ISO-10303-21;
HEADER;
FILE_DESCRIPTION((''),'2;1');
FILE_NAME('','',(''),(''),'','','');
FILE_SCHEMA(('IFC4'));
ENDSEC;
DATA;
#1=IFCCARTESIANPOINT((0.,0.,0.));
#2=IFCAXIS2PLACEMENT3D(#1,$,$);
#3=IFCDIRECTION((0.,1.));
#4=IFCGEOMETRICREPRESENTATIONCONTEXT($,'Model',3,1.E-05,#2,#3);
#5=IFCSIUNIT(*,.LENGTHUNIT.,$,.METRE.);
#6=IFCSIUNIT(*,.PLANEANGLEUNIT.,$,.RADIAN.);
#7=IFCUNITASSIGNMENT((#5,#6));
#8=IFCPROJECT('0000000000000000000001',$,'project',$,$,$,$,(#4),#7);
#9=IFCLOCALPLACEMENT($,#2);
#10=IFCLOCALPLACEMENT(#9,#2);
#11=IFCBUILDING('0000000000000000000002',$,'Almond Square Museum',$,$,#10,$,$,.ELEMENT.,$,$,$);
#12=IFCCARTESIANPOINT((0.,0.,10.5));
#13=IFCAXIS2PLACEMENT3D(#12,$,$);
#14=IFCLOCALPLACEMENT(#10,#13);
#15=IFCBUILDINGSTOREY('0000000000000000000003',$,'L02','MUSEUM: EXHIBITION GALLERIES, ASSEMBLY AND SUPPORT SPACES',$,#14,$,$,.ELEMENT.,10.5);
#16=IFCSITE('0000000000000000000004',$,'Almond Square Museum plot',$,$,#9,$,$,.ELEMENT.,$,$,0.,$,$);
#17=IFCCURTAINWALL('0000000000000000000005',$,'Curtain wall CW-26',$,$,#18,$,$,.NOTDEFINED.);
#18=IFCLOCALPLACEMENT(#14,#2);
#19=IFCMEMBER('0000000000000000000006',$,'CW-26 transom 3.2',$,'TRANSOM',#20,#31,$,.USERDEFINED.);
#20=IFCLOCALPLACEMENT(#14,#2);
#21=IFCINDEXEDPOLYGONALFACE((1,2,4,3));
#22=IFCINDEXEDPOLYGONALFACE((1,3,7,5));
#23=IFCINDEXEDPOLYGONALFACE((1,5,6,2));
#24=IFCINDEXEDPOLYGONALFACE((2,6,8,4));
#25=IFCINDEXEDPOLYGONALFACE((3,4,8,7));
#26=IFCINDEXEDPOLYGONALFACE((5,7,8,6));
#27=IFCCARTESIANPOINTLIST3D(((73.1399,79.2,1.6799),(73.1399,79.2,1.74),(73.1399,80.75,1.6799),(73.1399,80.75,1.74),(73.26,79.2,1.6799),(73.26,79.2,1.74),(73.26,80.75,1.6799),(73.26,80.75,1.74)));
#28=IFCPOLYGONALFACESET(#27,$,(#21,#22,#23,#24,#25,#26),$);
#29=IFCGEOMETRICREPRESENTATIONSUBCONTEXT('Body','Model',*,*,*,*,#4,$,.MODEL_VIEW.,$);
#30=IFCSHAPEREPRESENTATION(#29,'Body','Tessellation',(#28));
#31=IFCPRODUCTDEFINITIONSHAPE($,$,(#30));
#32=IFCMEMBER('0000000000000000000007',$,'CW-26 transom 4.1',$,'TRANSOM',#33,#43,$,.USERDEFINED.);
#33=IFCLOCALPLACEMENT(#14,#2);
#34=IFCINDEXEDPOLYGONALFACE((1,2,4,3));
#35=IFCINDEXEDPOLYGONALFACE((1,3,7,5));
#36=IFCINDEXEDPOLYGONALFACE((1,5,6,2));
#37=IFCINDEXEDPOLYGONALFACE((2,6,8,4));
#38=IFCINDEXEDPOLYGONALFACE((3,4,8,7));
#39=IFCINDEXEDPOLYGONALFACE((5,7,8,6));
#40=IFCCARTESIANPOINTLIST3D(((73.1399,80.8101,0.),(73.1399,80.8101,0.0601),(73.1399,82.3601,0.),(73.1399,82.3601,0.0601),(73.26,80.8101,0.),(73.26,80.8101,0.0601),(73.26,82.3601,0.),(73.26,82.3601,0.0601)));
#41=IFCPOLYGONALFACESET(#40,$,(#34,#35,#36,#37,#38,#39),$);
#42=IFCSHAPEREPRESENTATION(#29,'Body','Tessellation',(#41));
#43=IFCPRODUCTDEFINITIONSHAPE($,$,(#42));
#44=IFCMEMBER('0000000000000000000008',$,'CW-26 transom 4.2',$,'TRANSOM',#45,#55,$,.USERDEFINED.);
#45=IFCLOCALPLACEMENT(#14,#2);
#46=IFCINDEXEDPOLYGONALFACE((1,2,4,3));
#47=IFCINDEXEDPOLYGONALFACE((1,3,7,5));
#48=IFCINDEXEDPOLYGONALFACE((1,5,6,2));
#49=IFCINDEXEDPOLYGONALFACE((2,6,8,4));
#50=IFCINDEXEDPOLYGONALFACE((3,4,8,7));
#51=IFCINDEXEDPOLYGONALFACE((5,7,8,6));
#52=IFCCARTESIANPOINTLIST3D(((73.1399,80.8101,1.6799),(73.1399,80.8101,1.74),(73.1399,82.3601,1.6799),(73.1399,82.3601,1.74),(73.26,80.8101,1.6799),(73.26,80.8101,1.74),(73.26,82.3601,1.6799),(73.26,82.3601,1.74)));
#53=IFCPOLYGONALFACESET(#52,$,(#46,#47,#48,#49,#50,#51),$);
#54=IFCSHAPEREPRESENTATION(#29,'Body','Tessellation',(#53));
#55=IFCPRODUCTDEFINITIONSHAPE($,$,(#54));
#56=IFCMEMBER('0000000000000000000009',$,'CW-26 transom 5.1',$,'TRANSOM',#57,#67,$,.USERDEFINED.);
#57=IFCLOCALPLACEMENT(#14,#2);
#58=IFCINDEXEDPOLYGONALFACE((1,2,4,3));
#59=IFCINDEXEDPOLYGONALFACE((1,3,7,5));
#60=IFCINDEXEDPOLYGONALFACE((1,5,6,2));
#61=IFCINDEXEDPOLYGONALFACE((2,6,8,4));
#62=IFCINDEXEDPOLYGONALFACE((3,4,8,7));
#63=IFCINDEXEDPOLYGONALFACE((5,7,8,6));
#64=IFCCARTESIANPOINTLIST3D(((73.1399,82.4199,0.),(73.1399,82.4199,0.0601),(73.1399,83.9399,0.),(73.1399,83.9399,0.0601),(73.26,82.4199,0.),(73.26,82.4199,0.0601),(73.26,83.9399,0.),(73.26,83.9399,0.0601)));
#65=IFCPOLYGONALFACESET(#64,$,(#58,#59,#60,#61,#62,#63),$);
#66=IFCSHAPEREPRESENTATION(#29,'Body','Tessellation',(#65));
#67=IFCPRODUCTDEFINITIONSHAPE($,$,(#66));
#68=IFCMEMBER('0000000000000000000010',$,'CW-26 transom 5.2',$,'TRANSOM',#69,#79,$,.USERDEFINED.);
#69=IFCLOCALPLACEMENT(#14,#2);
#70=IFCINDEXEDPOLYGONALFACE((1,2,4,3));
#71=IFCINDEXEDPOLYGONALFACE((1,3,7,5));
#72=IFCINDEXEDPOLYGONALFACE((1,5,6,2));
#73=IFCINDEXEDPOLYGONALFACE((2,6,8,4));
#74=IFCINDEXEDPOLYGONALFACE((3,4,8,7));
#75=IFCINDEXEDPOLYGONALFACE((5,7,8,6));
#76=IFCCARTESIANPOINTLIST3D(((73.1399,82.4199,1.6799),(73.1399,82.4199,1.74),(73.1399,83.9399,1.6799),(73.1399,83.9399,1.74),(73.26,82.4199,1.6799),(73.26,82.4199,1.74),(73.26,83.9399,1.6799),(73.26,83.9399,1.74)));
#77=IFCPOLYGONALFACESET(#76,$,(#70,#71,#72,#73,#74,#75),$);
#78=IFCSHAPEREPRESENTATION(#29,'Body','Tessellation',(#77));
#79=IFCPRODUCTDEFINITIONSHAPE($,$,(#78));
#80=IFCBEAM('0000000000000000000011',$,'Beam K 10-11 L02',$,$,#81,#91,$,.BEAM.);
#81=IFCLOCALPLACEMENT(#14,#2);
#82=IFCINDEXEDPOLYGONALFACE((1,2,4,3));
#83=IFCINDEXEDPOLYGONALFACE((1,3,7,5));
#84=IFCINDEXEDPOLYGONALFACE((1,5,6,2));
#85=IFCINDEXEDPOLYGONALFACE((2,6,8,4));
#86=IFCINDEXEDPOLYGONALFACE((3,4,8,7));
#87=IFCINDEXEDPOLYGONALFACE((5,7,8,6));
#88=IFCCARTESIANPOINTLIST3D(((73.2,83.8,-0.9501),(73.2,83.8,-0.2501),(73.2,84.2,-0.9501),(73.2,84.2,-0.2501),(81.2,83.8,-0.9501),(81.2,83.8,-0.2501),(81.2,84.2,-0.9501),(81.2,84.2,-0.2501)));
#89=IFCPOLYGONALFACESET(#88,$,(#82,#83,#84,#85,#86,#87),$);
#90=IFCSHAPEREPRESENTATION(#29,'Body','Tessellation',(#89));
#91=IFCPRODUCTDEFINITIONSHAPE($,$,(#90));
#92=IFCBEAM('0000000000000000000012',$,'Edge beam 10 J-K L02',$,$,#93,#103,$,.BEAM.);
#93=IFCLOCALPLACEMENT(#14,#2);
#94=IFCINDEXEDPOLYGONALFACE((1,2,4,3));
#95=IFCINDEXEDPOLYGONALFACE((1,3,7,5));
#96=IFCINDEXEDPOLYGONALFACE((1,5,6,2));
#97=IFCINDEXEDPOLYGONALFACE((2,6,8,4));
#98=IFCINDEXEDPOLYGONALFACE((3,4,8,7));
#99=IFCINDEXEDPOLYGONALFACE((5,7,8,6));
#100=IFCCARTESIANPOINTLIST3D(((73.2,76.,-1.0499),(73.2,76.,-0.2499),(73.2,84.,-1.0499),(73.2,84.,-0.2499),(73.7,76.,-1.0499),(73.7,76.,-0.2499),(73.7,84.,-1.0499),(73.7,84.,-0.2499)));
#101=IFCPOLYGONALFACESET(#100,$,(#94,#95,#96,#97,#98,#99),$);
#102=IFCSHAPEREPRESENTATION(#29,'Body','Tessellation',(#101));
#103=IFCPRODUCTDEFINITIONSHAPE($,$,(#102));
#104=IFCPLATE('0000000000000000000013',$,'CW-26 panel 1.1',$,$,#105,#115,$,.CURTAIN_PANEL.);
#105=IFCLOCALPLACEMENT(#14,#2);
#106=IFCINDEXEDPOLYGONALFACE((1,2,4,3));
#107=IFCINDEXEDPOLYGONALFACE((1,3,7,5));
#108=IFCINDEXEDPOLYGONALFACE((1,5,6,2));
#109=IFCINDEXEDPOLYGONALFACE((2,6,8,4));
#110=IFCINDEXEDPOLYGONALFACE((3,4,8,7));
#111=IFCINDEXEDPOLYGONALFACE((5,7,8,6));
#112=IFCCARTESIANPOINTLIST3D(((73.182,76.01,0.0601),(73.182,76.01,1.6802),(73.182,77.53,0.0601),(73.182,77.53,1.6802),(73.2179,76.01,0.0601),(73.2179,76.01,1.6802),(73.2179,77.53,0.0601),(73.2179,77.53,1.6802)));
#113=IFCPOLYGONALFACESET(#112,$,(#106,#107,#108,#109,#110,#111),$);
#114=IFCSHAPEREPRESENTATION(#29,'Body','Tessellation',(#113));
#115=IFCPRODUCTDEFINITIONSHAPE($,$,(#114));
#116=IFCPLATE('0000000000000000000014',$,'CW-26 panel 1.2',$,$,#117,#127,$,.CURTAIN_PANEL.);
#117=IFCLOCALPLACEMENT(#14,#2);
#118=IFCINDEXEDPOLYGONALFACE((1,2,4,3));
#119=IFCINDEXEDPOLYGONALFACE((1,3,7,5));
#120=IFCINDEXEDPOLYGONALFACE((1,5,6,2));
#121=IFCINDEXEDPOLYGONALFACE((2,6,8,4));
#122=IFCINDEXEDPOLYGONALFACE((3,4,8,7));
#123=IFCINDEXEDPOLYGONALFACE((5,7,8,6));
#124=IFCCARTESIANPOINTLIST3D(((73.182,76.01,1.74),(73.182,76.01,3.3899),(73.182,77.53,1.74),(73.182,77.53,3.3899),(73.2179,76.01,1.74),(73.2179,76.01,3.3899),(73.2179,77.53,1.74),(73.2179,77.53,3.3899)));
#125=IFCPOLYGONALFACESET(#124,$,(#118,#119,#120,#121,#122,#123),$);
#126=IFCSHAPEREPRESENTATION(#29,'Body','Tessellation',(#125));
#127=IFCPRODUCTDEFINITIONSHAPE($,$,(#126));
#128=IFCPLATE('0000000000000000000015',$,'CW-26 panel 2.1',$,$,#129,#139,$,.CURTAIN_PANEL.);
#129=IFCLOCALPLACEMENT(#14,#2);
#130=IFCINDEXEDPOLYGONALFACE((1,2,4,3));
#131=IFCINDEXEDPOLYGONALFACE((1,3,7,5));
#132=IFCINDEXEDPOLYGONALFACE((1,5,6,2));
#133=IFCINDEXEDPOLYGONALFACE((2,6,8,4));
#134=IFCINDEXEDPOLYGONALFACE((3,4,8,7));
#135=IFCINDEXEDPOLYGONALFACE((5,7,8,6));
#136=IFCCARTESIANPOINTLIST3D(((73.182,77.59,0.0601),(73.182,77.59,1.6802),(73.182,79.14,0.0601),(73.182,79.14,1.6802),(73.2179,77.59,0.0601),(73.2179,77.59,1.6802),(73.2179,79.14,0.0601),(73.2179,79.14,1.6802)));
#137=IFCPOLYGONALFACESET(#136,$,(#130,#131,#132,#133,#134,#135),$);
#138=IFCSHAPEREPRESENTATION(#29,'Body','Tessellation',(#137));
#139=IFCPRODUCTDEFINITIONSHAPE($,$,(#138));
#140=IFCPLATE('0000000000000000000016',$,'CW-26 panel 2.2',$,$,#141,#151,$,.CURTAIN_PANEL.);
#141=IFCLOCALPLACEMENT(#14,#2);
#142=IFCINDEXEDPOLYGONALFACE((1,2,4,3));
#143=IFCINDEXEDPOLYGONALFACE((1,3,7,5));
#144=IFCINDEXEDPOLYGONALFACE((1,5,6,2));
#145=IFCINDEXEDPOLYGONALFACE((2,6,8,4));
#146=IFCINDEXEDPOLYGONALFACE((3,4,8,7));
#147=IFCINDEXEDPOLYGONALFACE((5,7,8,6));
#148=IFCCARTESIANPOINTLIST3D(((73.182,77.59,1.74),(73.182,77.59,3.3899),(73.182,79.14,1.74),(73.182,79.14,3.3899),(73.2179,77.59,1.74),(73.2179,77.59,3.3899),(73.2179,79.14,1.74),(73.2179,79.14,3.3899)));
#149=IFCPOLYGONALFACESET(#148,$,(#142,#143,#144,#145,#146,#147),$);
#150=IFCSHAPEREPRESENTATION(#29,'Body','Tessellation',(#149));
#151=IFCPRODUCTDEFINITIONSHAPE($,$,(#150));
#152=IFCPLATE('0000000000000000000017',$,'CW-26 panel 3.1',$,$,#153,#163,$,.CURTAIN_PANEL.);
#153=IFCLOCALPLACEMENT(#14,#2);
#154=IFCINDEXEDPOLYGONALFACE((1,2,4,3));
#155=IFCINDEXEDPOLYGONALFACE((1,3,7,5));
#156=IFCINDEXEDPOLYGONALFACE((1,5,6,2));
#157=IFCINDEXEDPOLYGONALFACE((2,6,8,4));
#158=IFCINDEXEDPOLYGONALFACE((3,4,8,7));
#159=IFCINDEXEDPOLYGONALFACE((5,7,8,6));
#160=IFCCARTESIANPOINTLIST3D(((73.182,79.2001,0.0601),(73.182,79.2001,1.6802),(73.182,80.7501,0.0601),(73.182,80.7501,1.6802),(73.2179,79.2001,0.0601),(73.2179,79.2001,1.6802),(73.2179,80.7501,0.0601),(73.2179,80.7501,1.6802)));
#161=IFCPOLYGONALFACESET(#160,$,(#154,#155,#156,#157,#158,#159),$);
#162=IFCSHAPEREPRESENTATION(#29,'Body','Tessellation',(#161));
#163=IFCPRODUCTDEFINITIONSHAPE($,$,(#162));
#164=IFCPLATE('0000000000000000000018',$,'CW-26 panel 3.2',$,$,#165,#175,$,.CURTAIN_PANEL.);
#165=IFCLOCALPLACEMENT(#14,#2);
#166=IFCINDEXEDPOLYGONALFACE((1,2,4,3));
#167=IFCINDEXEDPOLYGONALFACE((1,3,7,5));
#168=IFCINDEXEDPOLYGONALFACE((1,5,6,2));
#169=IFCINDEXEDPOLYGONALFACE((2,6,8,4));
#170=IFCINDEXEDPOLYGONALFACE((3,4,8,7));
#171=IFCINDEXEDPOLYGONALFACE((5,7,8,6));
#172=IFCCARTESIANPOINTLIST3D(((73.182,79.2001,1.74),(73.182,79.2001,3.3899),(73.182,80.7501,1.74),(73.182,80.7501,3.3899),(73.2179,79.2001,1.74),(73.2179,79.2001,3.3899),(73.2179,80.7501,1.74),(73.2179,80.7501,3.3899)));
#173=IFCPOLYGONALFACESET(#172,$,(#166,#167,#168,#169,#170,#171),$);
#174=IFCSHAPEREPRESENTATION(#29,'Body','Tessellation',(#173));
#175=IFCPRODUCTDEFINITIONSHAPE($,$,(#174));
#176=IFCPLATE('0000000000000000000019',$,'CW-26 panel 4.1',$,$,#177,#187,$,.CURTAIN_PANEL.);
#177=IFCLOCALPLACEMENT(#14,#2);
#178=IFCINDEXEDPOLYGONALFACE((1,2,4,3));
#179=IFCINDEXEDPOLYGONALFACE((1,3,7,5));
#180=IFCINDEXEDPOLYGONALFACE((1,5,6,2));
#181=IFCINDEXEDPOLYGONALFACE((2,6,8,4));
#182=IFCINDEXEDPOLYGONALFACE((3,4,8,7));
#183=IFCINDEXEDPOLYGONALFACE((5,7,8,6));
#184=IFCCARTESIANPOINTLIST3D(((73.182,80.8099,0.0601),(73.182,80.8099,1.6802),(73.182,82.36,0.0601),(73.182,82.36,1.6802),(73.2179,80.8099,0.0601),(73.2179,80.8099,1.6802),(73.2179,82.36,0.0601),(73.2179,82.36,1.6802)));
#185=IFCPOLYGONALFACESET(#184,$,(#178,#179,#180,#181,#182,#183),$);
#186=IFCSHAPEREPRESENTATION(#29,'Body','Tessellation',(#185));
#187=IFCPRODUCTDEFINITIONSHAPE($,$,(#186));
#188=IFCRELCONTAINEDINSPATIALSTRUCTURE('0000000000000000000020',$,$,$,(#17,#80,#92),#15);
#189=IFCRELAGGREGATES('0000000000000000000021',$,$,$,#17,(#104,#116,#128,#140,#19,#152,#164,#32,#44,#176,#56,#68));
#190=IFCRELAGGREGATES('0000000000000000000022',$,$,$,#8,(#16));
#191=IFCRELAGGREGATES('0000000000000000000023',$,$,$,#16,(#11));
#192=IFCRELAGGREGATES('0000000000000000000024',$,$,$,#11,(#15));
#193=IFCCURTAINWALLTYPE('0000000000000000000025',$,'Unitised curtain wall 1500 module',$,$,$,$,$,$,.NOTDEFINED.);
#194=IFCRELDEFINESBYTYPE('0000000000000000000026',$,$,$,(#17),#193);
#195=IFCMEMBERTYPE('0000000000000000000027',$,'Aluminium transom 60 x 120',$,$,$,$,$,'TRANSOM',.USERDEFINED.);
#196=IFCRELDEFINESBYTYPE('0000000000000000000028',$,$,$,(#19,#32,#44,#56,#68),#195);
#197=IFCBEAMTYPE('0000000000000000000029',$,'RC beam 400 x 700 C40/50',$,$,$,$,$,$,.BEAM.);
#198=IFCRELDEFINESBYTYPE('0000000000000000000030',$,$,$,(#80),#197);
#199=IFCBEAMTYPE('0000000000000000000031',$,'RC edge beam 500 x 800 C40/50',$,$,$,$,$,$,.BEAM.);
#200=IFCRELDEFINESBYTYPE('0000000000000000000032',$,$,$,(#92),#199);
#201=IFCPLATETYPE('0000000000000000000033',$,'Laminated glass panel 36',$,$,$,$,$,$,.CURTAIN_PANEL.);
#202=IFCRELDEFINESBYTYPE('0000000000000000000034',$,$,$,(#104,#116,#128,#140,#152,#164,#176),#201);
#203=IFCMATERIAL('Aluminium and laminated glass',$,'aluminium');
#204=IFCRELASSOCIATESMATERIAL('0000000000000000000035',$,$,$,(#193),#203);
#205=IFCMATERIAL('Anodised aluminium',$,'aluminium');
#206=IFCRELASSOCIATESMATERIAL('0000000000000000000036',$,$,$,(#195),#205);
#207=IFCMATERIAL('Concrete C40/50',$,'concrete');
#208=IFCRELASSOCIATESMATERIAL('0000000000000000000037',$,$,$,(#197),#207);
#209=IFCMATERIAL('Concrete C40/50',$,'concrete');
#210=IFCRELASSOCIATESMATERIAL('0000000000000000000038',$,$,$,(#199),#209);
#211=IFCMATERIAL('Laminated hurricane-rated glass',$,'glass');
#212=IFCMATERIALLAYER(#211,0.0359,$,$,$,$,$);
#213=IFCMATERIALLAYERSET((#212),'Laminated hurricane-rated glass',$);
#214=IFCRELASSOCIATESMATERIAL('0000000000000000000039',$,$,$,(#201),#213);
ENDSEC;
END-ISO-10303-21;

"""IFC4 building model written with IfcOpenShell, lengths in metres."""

from ifc_helpers import new_model, si_unit, direction, frame, origin, origin_2d, place, context, subcontext, project, spatial, rectangle, extrude, material, layer, layer_set, material_profile, profile_set, type_object, element, aggregate, save


model = new_model("IFC4")

# Units and contexts
model_context = context("Model", 3, precision=1e-05, world=origin(), true_north=direction((0.0, 1.0)))
body_context = subcontext(model_context, "Body", "Model", "MODEL_VIEW")
ifc_project = project(units=[si_unit("LENGTHUNIT", "METRE"), si_unit("PLANEANGLEUNIT", "RADIAN")], contexts=[model_context])

# Site, building, storey
site_placement = place(None, origin())
site = spatial("IfcSite", under=ifc_project, at=site_placement, Name="Almond Square Museum plot", CompositionType="ELEMENT", RefElevation=0.0)
building_placement = place(site_placement, origin())
building = spatial("IfcBuilding", under=site, at=building_placement, Name="Almond Square Museum", CompositionType="ELEMENT")
storey_placement = place(building_placement, frame((0.0, 0.0, 10.5)))
storey = spatial("IfcBuildingStorey", under=building, at=storey_placement, Name="L02", Description="MUSEUM: EXHIBITION GALLERIES, ASSEMBLY AND SUPPORT SPACES", CompositionType="ELEMENT", Elevation=10.5)

# Curtain wall, members
ifc_material_1 = material(Name="Aluminium and laminated glass", Category="aluminium")
curtain_wall_type = type_object("IfcCurtainWallType", Name="Unitised curtain wall 1500 module", PredefinedType="NOTDEFINED", material=ifc_material_1)
curtain_wall_placement = place(storey_placement, origin())
curtain_wall = element("IfcCurtainWall", 1, at=curtain_wall_placement, inside=storey, type_object=curtain_wall_type, Name="Curtain wall CW-26", PredefinedType="NOTDEFINED")
ifc_material_2 = material(Name="Anodised aluminium", Category="aluminium")
ifc_material_profile_1 = material_profile(ifc_material_2, rectangle(XDim=0.1201, YDim=0.0601, at=origin_2d()))
ifc_profile_set_1 = profile_set([ifc_material_profile_1], Name="Anodised aluminium")
member_type_1 = type_object("IfcMemberType", Name="Aluminium transom 60 x 120", ElementType="TRANSOM", PredefinedType="USERDEFINED", material=ifc_profile_set_1)
member_1_placement = place(storey_placement, frame((73.2, 79.2, 1.71), z_axis=(0.0, 1.0, 0.0), x_axis=(-1.0, 0.0, 0.0)))
member_1 = element("IfcMember", 2, at=member_1_placement, type_object=member_type_1, Name="CW-26 transom 3.2", ObjectType="TRANSOM", PredefinedType="USERDEFINED", context=body_context, shape_type="SweptSolid", body=[
    extrude(rectangle(XDim=0.1201, YDim=0.0601, at=origin_2d()), origin(), (0.0, 0.0, 1.0), 1.55),
])
member_2_placement = place(storey_placement, frame((73.2, 80.8101, 0.03), z_axis=(0.0, 1.0, 0.0), x_axis=(-1.0, 0.0, 0.0)))
member_2 = element("IfcMember", 3, at=member_2_placement, type_object=member_type_1, Name="CW-26 transom 4.1", ObjectType="TRANSOM", PredefinedType="USERDEFINED", context=body_context, shape_type="SweptSolid", body=[
    extrude(rectangle(XDim=0.1201, YDim=0.0601, at=origin_2d()), origin(), (0.0, 0.0, 1.0), 1.55),
])
member_3_placement = place(storey_placement, frame((73.2, 80.8101, 1.71), z_axis=(0.0, 1.0, 0.0), x_axis=(-1.0, 0.0, 0.0)))
member_3 = element("IfcMember", 4, at=member_3_placement, type_object=member_type_1, Name="CW-26 transom 4.2", ObjectType="TRANSOM", PredefinedType="USERDEFINED", context=body_context, shape_type="SweptSolid", body=[
    extrude(rectangle(XDim=0.1201, YDim=0.0601, at=origin_2d()), origin(), (0.0, 0.0, 1.0), 1.55),
])
member_4_placement = place(storey_placement, frame((73.2, 82.4199, 0.03), z_axis=(0.0, 1.0, 0.0), x_axis=(-1.0, 0.0, 0.0)))
member_4 = element("IfcMember", 5, at=member_4_placement, type_object=member_type_1, Name="CW-26 transom 5.1", ObjectType="TRANSOM", PredefinedType="USERDEFINED", context=body_context, shape_type="SweptSolid", body=[
    extrude(rectangle(XDim=0.1201, YDim=0.0601, at=origin_2d()), origin(), (0.0, 0.0, 1.0), 1.52),
])
member_5_placement = place(storey_placement, frame((73.2, 82.4199, 1.71), z_axis=(0.0, 1.0, 0.0), x_axis=(-1.0, 0.0, 0.0)))
member_5 = element("IfcMember", 6, at=member_5_placement, type_object=member_type_1, Name="CW-26 transom 5.2", ObjectType="TRANSOM", PredefinedType="USERDEFINED", context=body_context, shape_type="SweptSolid", body=[
    extrude(rectangle(XDim=0.1201, YDim=0.0601, at=origin_2d()), origin(), (0.0, 0.0, 1.0), 1.52),
])

# Beams
ifc_material_3 = material(Name="Concrete C40/50", Category="concrete")
ifc_material_profile_2 = material_profile(ifc_material_3, rectangle(XDim=0.3999, YDim=0.7, at=origin_2d()))
ifc_profile_set_2 = profile_set([ifc_material_profile_2], Name="Concrete C40/50")
beam_type_1 = type_object("IfcBeamType", Name="RC beam 400 x 700 C40/50", PredefinedType="BEAM", material=ifc_profile_set_2)
beam_1_placement = place(storey_placement, frame((73.2, 84.0, -0.6001), z_axis=(1.0, 0.0, 0.0), x_axis=(0.0, 1.0, 0.0)))
element("IfcBeam", 7, at=beam_1_placement, inside=storey, type_object=beam_type_1, Name="Beam K 10-11 L02", PredefinedType="BEAM", context=body_context, shape_type="SweptSolid", body=[
    extrude(rectangle(XDim=0.3999, YDim=0.7, at=origin_2d()), origin(), (0.0, 0.0, 1.0), 8.0),
])
ifc_material_4 = material(Name="Concrete C40/50", Category="concrete")
ifc_material_profile_3 = material_profile(ifc_material_4, rectangle(XDim=0.5, YDim=0.8, at=origin_2d()))
ifc_profile_set_3 = profile_set([ifc_material_profile_3], Name="Concrete C40/50")
beam_type_2 = type_object("IfcBeamType", Name="RC edge beam 500 x 800 C40/50", PredefinedType="BEAM", material=ifc_profile_set_3)
beam_2_placement = place(storey_placement, frame((73.45, 76.0, -0.6499), z_axis=(0.0, 1.0, 0.0), x_axis=(-1.0, 0.0, 0.0)))
element("IfcBeam", 8, at=beam_2_placement, inside=storey, type_object=beam_type_2, Name="Edge beam 10 J-K L02", PredefinedType="BEAM", context=body_context, shape_type="SweptSolid", body=[
    extrude(rectangle(XDim=0.5, YDim=0.8, at=origin_2d()), origin(), (0.0, 0.0, 1.0), 8.0),
])

# Plates
ifc_material_5 = material(Name="Laminated hurricane-rated glass", Category="glass")
ifc_layer_1 = layer(ifc_material_5, 0.0359)
ifc_layer_set_1 = layer_set([ifc_layer_1], Name="Laminated hurricane-rated glass")
plate_type = type_object("IfcPlateType", Name="Laminated glass panel 36", PredefinedType="CURTAIN_PANEL", material=ifc_layer_set_1)
plate_1_placement = place(storey_placement, frame((73.2, 76.77, 0.0601), z_axis=(0.0, 0.0, 1.0), x_axis=(0.0, 1.0, 0.0)))
plate_1 = element("IfcPlate", 9, at=plate_1_placement, type_object=plate_type, Name="CW-26 panel 1.1", PredefinedType="CURTAIN_PANEL", context=body_context, shape_type="SweptSolid", body=[
    extrude(rectangle(XDim=1.52, YDim=0.0359, at=origin_2d()), origin(), (0.0, 0.0, 1.0), 1.6201),
])
plate_2_placement = place(storey_placement, frame((73.2, 76.77, 1.74), z_axis=(0.0, 0.0, 1.0), x_axis=(0.0, 1.0, 0.0)))
plate_2 = element("IfcPlate", 10, at=plate_2_placement, type_object=plate_type, Name="CW-26 panel 1.2", PredefinedType="CURTAIN_PANEL", context=body_context, shape_type="SweptSolid", body=[
    extrude(rectangle(XDim=1.52, YDim=0.0359, at=origin_2d()), origin(), (0.0, 0.0, 1.0), 1.6499),
])
plate_3_placement = place(storey_placement, frame((73.2, 78.365, 0.0601), z_axis=(0.0, 0.0, 1.0), x_axis=(0.0, 1.0, 0.0)))
plate_3 = element("IfcPlate", 11, at=plate_3_placement, type_object=plate_type, Name="CW-26 panel 2.1", PredefinedType="CURTAIN_PANEL", context=body_context, shape_type="SweptSolid", body=[
    extrude(rectangle(XDim=1.55, YDim=0.0359, at=origin_2d()), origin(), (0.0, 0.0, 1.0), 1.6201),
])
plate_4_placement = place(storey_placement, frame((73.2, 78.365, 1.74), z_axis=(0.0, 0.0, 1.0), x_axis=(0.0, 1.0, 0.0)))
plate_4 = element("IfcPlate", 12, at=plate_4_placement, type_object=plate_type, Name="CW-26 panel 2.2", PredefinedType="CURTAIN_PANEL", context=body_context, shape_type="SweptSolid", body=[
    extrude(rectangle(XDim=1.55, YDim=0.0359, at=origin_2d()), origin(), (0.0, 0.0, 1.0), 1.6499),
])
plate_5_placement = place(storey_placement, frame((73.2, 79.9751, 0.0601), z_axis=(0.0, 0.0, 1.0), x_axis=(0.0, 1.0, 0.0)))
plate_5 = element("IfcPlate", 13, at=plate_5_placement, type_object=plate_type, Name="CW-26 panel 3.1", PredefinedType="CURTAIN_PANEL", context=body_context, shape_type="SweptSolid", body=[
    extrude(rectangle(XDim=1.55, YDim=0.0359, at=origin_2d()), origin(), (0.0, 0.0, 1.0), 1.6201),
])
plate_6_placement = place(storey_placement, frame((73.2, 79.9751, 1.74), z_axis=(0.0, 0.0, 1.0), x_axis=(0.0, 1.0, 0.0)))
plate_6 = element("IfcPlate", 14, at=plate_6_placement, type_object=plate_type, Name="CW-26 panel 3.2", PredefinedType="CURTAIN_PANEL", context=body_context, shape_type="SweptSolid", body=[
    extrude(rectangle(XDim=1.55, YDim=0.0359, at=origin_2d()), origin(), (0.0, 0.0, 1.0), 1.6499),
])
plate_7_placement = place(storey_placement, frame((73.2, 81.585, 0.0601), z_axis=(0.0, 0.0, 1.0), x_axis=(0.0, 1.0, 0.0)))
plate_7 = element("IfcPlate", 15, at=plate_7_placement, type_object=plate_type, Name="CW-26 panel 4.1", PredefinedType="CURTAIN_PANEL", context=body_context, shape_type="SweptSolid", body=[
    extrude(rectangle(XDim=1.55, YDim=0.0359, at=origin_2d()), origin(), (0.0, 0.0, 1.0), 1.6201),
])
aggregate(curtain_wall, [plate_1, plate_2, plate_3, plate_4, member_1, plate_5, plate_6, member_2, member_3, plate_7, member_4, member_5])

save(model, "model.ifc")
